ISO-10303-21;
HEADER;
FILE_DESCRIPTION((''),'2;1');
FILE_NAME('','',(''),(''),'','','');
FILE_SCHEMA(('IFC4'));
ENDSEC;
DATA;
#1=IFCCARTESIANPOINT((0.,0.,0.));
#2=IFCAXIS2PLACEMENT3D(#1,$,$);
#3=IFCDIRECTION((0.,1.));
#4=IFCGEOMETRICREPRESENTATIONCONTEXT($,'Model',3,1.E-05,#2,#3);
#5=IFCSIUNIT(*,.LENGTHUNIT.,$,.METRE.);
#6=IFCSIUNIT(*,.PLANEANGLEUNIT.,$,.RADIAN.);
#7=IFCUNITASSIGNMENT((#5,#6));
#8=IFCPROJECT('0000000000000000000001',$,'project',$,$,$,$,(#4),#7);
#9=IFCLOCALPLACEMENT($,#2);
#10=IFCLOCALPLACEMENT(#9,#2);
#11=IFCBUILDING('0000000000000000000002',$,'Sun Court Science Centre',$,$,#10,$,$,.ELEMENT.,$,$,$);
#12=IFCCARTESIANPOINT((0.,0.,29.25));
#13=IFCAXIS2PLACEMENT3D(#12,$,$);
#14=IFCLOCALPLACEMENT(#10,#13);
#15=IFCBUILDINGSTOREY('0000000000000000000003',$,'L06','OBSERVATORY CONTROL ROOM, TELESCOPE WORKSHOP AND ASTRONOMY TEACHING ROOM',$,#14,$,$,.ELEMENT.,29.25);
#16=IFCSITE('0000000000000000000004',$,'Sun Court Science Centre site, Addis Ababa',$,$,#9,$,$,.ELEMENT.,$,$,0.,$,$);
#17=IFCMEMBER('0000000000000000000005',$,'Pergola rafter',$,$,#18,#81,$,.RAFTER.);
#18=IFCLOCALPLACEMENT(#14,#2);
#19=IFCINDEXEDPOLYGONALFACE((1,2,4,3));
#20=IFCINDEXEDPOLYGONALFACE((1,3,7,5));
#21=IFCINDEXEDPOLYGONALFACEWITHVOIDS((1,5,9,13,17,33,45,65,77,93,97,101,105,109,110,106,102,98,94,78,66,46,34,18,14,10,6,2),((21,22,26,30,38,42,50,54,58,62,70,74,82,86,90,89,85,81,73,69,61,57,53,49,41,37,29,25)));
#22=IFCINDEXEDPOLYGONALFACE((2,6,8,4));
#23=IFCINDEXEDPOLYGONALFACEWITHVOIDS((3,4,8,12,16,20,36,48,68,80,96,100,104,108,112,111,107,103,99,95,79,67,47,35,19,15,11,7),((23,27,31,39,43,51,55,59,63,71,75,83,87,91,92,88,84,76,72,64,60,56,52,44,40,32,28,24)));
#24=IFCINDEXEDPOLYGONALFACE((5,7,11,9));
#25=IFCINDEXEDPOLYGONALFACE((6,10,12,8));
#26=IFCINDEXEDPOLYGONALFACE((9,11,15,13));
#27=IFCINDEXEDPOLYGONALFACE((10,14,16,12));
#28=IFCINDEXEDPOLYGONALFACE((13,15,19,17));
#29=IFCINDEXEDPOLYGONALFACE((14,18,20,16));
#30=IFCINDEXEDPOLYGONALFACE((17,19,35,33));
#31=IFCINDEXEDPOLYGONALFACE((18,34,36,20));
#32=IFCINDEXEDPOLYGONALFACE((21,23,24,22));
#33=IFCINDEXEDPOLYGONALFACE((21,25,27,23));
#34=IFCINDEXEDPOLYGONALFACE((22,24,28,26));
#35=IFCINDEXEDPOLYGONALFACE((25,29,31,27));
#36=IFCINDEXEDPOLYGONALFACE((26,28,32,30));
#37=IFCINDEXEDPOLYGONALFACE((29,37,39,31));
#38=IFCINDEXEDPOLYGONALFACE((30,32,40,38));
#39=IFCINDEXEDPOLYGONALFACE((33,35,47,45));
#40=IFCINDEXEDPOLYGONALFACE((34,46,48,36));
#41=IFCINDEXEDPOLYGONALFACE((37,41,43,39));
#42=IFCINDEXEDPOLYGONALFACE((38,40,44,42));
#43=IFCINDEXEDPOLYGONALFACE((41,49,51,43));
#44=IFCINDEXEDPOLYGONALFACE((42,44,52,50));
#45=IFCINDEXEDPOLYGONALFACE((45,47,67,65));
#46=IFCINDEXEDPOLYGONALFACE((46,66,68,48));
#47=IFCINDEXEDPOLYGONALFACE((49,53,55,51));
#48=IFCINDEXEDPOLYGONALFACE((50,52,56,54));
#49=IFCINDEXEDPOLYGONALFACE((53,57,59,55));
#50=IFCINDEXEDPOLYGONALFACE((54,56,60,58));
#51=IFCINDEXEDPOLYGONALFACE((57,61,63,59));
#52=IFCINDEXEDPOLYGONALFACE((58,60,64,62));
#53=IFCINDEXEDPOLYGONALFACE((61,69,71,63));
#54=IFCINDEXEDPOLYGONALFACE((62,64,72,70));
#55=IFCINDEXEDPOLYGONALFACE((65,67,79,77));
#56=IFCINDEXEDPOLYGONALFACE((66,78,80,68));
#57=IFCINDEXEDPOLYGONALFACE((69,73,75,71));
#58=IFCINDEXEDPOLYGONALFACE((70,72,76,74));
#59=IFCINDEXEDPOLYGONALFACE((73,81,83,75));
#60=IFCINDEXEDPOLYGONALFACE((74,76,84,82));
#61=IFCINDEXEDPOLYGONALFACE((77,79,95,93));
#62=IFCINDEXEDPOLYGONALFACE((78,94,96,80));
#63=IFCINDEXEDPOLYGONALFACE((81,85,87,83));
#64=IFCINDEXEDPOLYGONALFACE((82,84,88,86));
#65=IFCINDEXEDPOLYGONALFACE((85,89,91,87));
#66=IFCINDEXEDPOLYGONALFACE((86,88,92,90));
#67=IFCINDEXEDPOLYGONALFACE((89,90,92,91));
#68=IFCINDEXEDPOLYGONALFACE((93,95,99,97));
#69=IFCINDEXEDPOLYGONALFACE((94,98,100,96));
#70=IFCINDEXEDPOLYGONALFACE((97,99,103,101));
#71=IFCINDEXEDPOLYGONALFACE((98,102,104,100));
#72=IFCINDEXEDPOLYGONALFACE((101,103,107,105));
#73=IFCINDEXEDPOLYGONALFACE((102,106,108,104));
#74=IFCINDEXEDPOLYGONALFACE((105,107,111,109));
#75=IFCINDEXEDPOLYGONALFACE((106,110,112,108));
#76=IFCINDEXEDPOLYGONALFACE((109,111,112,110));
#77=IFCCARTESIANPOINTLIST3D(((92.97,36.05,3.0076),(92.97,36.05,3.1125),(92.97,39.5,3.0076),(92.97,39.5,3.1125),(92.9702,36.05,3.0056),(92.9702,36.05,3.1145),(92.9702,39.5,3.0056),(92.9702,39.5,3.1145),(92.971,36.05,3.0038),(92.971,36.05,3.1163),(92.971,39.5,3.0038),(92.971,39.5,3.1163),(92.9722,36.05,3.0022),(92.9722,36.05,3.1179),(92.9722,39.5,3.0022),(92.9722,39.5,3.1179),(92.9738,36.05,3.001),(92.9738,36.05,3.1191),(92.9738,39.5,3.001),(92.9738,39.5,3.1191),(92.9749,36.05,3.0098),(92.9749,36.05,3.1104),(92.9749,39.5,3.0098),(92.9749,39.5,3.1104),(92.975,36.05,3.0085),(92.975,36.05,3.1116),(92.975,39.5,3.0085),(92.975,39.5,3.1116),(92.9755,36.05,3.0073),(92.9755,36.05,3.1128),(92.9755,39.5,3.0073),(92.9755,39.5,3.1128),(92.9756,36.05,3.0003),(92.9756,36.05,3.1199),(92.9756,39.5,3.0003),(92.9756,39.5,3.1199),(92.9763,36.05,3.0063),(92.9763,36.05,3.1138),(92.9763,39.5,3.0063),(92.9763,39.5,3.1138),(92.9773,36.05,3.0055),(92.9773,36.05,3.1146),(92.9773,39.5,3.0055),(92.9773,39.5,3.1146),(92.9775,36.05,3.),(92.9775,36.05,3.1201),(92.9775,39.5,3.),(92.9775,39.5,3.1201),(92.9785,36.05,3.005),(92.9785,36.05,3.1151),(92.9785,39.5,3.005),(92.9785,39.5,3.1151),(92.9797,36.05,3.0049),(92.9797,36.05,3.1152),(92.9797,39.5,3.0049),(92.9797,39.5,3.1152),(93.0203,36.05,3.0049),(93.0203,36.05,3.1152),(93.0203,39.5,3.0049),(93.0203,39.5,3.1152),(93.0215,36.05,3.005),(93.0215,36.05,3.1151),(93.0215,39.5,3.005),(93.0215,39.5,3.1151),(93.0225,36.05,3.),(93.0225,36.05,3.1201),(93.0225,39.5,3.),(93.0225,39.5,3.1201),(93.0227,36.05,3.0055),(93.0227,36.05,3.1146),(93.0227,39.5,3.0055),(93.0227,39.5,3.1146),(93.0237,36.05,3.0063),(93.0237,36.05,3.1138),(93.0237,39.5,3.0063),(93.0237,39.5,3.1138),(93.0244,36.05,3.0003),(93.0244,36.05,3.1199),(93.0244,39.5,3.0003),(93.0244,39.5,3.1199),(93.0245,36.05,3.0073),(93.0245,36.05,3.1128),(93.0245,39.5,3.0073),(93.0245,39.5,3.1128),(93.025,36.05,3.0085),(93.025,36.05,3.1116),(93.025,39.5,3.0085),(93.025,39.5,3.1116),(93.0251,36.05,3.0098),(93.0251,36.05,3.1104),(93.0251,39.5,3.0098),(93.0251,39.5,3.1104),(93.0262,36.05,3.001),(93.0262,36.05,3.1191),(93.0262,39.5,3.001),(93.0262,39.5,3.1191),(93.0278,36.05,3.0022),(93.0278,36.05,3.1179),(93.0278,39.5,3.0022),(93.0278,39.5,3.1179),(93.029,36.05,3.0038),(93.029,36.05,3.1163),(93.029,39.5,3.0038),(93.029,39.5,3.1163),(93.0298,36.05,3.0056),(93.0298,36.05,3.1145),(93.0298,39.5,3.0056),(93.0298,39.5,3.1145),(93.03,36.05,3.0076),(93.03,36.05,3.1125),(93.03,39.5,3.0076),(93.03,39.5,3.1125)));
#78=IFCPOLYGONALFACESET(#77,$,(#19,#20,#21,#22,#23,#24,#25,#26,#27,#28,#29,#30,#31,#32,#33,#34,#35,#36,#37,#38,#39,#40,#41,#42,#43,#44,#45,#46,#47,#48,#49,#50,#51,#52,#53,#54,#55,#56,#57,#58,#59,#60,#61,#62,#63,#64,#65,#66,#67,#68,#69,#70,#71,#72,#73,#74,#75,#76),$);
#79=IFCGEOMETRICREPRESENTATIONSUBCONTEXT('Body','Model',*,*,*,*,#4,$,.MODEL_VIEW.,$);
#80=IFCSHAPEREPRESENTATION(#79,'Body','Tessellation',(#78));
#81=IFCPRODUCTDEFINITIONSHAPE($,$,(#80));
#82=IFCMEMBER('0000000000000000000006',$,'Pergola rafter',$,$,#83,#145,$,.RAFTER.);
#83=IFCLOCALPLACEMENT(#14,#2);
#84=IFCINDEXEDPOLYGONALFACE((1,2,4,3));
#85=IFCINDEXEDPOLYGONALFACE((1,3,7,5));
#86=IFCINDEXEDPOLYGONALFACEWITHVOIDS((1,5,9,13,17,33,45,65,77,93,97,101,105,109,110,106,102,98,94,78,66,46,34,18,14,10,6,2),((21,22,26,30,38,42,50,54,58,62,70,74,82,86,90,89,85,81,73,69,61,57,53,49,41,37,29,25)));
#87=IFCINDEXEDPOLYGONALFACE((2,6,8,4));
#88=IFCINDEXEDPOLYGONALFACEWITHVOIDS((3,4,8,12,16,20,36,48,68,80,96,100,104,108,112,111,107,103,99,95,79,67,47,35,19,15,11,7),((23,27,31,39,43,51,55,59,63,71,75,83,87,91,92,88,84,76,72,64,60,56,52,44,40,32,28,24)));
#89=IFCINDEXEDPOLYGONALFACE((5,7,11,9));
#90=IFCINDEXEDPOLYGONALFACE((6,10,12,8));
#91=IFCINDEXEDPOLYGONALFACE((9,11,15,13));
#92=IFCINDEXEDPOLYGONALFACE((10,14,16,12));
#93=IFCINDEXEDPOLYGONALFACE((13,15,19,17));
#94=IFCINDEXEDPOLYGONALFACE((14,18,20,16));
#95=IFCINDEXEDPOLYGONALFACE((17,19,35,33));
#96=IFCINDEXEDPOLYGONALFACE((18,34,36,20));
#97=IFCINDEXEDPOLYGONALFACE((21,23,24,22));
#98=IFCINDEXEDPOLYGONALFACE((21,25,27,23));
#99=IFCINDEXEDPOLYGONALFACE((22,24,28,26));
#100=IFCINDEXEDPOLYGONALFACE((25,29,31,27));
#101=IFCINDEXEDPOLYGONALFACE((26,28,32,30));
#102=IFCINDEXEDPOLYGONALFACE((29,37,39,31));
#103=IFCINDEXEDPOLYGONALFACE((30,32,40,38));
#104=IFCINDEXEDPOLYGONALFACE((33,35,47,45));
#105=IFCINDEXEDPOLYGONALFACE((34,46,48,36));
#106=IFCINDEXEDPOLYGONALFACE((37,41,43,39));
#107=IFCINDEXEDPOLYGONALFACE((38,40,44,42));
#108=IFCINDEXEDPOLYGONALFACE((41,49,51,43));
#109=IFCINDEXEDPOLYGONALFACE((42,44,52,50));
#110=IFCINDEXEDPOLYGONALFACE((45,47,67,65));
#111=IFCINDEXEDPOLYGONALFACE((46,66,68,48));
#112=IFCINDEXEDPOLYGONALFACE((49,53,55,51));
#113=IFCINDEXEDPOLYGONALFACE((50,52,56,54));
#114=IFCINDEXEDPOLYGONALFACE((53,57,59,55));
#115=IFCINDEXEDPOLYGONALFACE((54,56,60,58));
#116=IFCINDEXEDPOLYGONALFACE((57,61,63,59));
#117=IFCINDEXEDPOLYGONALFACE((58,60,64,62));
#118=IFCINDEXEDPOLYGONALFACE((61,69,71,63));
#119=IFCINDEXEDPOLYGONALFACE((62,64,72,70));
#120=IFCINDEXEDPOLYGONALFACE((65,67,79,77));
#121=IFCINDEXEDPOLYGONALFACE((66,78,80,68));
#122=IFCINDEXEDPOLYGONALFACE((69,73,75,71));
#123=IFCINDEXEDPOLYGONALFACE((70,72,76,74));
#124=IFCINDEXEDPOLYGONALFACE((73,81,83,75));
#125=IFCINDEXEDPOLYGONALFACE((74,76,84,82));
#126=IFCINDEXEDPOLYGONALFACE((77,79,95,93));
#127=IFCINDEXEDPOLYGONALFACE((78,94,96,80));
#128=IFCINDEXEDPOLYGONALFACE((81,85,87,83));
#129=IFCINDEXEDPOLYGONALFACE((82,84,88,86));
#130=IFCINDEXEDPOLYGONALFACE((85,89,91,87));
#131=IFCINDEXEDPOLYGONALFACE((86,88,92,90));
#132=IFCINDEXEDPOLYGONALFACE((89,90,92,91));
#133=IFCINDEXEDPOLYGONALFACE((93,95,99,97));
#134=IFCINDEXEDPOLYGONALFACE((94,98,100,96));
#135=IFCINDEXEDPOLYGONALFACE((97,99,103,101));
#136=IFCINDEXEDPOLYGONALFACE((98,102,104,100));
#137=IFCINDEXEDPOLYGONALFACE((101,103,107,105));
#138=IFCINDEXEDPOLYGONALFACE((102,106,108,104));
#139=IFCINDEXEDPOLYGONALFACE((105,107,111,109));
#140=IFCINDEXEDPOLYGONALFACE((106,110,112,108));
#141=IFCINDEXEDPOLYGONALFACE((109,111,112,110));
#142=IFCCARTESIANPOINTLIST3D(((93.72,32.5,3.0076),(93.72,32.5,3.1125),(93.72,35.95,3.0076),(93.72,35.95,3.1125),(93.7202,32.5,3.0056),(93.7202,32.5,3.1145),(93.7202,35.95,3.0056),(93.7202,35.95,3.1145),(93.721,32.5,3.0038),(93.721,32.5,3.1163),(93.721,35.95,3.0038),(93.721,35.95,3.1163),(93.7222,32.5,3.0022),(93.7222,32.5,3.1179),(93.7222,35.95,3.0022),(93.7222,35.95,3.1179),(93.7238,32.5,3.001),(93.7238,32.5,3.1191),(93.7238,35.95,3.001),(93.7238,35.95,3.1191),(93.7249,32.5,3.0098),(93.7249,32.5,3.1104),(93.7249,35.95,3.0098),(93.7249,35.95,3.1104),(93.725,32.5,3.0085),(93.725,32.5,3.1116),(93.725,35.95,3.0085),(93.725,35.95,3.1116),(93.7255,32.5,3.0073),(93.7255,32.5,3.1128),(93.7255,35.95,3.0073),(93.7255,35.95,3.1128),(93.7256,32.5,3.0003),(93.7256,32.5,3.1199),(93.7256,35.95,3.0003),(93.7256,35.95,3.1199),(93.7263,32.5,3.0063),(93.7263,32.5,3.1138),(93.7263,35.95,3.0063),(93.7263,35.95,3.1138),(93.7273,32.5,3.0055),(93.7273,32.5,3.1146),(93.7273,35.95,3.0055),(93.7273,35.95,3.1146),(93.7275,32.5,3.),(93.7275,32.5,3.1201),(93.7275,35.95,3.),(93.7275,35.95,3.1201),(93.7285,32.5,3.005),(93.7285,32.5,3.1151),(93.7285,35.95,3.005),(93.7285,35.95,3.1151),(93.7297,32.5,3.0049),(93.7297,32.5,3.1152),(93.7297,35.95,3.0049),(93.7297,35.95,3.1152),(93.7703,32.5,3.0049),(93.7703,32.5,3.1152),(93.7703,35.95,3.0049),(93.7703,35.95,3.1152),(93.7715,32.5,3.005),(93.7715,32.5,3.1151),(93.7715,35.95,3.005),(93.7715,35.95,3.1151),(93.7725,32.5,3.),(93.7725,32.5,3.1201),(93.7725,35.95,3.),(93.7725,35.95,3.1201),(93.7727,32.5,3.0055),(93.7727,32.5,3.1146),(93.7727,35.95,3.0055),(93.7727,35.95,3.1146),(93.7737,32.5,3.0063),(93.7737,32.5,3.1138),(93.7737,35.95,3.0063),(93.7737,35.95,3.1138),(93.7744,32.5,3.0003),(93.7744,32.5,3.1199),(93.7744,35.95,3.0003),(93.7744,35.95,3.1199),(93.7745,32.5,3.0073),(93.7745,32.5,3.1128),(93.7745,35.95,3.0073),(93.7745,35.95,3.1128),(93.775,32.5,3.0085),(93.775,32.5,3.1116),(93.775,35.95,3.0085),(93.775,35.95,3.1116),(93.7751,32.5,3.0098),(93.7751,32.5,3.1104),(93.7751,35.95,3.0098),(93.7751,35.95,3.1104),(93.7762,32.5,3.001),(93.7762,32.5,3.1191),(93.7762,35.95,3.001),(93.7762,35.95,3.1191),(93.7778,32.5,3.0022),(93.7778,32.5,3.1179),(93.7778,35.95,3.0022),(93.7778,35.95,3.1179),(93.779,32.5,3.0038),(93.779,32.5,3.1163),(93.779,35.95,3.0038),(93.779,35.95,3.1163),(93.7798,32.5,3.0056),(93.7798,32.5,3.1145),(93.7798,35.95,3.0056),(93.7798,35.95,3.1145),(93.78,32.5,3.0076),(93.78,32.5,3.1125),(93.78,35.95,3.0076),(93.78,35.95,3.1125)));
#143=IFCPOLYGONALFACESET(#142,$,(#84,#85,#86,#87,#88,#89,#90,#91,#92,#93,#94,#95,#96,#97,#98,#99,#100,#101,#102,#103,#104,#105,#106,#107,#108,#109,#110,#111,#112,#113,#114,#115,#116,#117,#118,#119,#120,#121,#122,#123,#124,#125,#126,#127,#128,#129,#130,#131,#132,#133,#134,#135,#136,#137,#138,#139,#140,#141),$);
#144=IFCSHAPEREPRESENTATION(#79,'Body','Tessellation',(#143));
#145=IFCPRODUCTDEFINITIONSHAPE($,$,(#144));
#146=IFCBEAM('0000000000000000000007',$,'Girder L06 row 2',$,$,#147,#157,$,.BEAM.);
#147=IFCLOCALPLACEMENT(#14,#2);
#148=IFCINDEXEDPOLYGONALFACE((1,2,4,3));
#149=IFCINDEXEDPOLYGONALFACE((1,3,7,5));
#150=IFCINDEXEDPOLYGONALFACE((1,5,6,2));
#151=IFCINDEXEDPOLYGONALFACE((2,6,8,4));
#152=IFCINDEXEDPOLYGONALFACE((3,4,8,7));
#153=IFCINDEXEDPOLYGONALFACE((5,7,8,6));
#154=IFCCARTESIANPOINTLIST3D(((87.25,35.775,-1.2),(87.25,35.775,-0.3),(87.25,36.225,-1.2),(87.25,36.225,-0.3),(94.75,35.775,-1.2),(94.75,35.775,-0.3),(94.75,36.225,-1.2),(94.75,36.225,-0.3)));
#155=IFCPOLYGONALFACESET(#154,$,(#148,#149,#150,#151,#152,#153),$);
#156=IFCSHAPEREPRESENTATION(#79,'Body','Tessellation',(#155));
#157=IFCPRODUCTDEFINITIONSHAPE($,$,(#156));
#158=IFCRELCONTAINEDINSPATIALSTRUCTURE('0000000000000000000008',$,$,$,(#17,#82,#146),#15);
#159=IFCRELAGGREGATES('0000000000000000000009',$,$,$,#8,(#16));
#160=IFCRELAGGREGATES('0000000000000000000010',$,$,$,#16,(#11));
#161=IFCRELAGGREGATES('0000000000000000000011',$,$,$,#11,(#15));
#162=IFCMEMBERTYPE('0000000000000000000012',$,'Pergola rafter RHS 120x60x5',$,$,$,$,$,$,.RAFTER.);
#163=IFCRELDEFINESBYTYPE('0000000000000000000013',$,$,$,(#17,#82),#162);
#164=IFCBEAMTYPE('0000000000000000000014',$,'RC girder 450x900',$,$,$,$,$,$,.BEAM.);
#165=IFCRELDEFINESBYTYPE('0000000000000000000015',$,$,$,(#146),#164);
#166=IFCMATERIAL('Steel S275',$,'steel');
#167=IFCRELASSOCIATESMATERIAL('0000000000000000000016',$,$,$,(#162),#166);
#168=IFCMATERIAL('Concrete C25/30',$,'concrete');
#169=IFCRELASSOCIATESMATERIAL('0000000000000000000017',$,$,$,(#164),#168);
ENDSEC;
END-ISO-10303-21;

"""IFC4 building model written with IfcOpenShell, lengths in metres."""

from ifc_helpers import new_model, si_unit, direction, frame, origin, origin_2d, place, context, subcontext, project, spatial, rectangle, hollow_rectangle, extrude, material, material_profile, profile_set, type_object, element, save


model = new_model("IFC4")

# Units and contexts
model_context = context("Model", 3, precision=1e-05, world=origin(), true_north=direction((0.0, 1.0)))
body_context = subcontext(model_context, "Body", "Model", "MODEL_VIEW")
ifc_project = project(units=[si_unit("LENGTHUNIT", "METRE"), si_unit("PLANEANGLEUNIT", "RADIAN")], contexts=[model_context])

# Site, building, storey
site_placement = place(None, origin())
site = spatial("IfcSite", under=ifc_project, at=site_placement, Name="Sun Court Science Centre site, Addis Ababa", CompositionType="ELEMENT", RefElevation=0.0)
building_placement = place(site_placement, origin())
building = spatial("IfcBuilding", under=site, at=building_placement, Name="Sun Court Science Centre", CompositionType="ELEMENT")
storey_placement = place(building_placement, frame((0.0, 0.0, 29.25)))
storey = spatial("IfcBuildingStorey", under=building, at=storey_placement, Name="L06", Description="OBSERVATORY CONTROL ROOM, TELESCOPE WORKSHOP AND ASTRONOMY TEACHING ROOM", CompositionType="ELEMENT", Elevation=29.25)

# Members
ifc_material_1 = material(Name="Steel S275", Category="steel")
ifc_material_profile_1 = material_profile(ifc_material_1, hollow_rectangle(XDim=0.0601, YDim=0.1201, WallThickness=0.0049, InnerFilletRadius=0.0049, OuterFilletRadius=0.0076, at=origin_2d()), Name="RHS 120x60x5")
ifc_profile_set_1 = profile_set([ifc_material_profile_1], Name="Steel S275")
member_type_1 = type_object("IfcMemberType", Name="Pergola rafter RHS 120x60x5", PredefinedType="RAFTER", material=ifc_profile_set_1)
for number, where, z_axis, x_axis, name in (
    (1, (93.0, 36.05, 3.0601), (0.0, 1.0, 0.0), (-1.0, 0.0, 0.0), "Pergola rafter"),
    (2, (93.75, 32.5, 3.0601), (0.0, 1.0, 0.0), (-1.0, 0.0, 0.0), "Pergola rafter"),
):
    element("IfcMember", number, at=place(storey_placement, frame(where, z_axis=z_axis, x_axis=x_axis)), inside=storey, type_object=member_type_1, Name=name, PredefinedType="RAFTER", context=body_context, shape_type="SweptSolid", body=[
        extrude(hollow_rectangle(XDim=0.0601, YDim=0.1201, WallThickness=0.0049, InnerFilletRadius=0.0049, OuterFilletRadius=0.0076, at=origin_2d()), origin(), (0.0, 0.0, 1.0), 3.45),
    ])

# Beam
ifc_material_2 = material(Name="Concrete C25/30", Category="concrete")
ifc_material_profile_2 = material_profile(ifc_material_2, rectangle(XDim=0.45, YDim=0.8999, at=origin_2d()), Name="RC 450x900")
ifc_profile_set_2 = profile_set([ifc_material_profile_2], Name="Concrete C25/30")
beam_type_1 = type_object("IfcBeamType", Name="RC girder 450x900", PredefinedType="BEAM", material=ifc_profile_set_2)
beam_placement = place(storey_placement, frame((87.25, 36.0, -0.75), z_axis=(1.0, 0.0, 0.0), x_axis=(0.0, 1.0, 0.0)))
element("IfcBeam", 3, at=beam_placement, inside=storey, type_object=beam_type_1, Name="Girder L06 row 2", PredefinedType="BEAM", context=body_context, shape_type="SweptSolid", body=[
    extrude(rectangle(XDim=0.45, YDim=0.8999, at=origin_2d()), origin(), (0.0, 0.0, 1.0), 7.5),
])

save(model, "model.ifc")
